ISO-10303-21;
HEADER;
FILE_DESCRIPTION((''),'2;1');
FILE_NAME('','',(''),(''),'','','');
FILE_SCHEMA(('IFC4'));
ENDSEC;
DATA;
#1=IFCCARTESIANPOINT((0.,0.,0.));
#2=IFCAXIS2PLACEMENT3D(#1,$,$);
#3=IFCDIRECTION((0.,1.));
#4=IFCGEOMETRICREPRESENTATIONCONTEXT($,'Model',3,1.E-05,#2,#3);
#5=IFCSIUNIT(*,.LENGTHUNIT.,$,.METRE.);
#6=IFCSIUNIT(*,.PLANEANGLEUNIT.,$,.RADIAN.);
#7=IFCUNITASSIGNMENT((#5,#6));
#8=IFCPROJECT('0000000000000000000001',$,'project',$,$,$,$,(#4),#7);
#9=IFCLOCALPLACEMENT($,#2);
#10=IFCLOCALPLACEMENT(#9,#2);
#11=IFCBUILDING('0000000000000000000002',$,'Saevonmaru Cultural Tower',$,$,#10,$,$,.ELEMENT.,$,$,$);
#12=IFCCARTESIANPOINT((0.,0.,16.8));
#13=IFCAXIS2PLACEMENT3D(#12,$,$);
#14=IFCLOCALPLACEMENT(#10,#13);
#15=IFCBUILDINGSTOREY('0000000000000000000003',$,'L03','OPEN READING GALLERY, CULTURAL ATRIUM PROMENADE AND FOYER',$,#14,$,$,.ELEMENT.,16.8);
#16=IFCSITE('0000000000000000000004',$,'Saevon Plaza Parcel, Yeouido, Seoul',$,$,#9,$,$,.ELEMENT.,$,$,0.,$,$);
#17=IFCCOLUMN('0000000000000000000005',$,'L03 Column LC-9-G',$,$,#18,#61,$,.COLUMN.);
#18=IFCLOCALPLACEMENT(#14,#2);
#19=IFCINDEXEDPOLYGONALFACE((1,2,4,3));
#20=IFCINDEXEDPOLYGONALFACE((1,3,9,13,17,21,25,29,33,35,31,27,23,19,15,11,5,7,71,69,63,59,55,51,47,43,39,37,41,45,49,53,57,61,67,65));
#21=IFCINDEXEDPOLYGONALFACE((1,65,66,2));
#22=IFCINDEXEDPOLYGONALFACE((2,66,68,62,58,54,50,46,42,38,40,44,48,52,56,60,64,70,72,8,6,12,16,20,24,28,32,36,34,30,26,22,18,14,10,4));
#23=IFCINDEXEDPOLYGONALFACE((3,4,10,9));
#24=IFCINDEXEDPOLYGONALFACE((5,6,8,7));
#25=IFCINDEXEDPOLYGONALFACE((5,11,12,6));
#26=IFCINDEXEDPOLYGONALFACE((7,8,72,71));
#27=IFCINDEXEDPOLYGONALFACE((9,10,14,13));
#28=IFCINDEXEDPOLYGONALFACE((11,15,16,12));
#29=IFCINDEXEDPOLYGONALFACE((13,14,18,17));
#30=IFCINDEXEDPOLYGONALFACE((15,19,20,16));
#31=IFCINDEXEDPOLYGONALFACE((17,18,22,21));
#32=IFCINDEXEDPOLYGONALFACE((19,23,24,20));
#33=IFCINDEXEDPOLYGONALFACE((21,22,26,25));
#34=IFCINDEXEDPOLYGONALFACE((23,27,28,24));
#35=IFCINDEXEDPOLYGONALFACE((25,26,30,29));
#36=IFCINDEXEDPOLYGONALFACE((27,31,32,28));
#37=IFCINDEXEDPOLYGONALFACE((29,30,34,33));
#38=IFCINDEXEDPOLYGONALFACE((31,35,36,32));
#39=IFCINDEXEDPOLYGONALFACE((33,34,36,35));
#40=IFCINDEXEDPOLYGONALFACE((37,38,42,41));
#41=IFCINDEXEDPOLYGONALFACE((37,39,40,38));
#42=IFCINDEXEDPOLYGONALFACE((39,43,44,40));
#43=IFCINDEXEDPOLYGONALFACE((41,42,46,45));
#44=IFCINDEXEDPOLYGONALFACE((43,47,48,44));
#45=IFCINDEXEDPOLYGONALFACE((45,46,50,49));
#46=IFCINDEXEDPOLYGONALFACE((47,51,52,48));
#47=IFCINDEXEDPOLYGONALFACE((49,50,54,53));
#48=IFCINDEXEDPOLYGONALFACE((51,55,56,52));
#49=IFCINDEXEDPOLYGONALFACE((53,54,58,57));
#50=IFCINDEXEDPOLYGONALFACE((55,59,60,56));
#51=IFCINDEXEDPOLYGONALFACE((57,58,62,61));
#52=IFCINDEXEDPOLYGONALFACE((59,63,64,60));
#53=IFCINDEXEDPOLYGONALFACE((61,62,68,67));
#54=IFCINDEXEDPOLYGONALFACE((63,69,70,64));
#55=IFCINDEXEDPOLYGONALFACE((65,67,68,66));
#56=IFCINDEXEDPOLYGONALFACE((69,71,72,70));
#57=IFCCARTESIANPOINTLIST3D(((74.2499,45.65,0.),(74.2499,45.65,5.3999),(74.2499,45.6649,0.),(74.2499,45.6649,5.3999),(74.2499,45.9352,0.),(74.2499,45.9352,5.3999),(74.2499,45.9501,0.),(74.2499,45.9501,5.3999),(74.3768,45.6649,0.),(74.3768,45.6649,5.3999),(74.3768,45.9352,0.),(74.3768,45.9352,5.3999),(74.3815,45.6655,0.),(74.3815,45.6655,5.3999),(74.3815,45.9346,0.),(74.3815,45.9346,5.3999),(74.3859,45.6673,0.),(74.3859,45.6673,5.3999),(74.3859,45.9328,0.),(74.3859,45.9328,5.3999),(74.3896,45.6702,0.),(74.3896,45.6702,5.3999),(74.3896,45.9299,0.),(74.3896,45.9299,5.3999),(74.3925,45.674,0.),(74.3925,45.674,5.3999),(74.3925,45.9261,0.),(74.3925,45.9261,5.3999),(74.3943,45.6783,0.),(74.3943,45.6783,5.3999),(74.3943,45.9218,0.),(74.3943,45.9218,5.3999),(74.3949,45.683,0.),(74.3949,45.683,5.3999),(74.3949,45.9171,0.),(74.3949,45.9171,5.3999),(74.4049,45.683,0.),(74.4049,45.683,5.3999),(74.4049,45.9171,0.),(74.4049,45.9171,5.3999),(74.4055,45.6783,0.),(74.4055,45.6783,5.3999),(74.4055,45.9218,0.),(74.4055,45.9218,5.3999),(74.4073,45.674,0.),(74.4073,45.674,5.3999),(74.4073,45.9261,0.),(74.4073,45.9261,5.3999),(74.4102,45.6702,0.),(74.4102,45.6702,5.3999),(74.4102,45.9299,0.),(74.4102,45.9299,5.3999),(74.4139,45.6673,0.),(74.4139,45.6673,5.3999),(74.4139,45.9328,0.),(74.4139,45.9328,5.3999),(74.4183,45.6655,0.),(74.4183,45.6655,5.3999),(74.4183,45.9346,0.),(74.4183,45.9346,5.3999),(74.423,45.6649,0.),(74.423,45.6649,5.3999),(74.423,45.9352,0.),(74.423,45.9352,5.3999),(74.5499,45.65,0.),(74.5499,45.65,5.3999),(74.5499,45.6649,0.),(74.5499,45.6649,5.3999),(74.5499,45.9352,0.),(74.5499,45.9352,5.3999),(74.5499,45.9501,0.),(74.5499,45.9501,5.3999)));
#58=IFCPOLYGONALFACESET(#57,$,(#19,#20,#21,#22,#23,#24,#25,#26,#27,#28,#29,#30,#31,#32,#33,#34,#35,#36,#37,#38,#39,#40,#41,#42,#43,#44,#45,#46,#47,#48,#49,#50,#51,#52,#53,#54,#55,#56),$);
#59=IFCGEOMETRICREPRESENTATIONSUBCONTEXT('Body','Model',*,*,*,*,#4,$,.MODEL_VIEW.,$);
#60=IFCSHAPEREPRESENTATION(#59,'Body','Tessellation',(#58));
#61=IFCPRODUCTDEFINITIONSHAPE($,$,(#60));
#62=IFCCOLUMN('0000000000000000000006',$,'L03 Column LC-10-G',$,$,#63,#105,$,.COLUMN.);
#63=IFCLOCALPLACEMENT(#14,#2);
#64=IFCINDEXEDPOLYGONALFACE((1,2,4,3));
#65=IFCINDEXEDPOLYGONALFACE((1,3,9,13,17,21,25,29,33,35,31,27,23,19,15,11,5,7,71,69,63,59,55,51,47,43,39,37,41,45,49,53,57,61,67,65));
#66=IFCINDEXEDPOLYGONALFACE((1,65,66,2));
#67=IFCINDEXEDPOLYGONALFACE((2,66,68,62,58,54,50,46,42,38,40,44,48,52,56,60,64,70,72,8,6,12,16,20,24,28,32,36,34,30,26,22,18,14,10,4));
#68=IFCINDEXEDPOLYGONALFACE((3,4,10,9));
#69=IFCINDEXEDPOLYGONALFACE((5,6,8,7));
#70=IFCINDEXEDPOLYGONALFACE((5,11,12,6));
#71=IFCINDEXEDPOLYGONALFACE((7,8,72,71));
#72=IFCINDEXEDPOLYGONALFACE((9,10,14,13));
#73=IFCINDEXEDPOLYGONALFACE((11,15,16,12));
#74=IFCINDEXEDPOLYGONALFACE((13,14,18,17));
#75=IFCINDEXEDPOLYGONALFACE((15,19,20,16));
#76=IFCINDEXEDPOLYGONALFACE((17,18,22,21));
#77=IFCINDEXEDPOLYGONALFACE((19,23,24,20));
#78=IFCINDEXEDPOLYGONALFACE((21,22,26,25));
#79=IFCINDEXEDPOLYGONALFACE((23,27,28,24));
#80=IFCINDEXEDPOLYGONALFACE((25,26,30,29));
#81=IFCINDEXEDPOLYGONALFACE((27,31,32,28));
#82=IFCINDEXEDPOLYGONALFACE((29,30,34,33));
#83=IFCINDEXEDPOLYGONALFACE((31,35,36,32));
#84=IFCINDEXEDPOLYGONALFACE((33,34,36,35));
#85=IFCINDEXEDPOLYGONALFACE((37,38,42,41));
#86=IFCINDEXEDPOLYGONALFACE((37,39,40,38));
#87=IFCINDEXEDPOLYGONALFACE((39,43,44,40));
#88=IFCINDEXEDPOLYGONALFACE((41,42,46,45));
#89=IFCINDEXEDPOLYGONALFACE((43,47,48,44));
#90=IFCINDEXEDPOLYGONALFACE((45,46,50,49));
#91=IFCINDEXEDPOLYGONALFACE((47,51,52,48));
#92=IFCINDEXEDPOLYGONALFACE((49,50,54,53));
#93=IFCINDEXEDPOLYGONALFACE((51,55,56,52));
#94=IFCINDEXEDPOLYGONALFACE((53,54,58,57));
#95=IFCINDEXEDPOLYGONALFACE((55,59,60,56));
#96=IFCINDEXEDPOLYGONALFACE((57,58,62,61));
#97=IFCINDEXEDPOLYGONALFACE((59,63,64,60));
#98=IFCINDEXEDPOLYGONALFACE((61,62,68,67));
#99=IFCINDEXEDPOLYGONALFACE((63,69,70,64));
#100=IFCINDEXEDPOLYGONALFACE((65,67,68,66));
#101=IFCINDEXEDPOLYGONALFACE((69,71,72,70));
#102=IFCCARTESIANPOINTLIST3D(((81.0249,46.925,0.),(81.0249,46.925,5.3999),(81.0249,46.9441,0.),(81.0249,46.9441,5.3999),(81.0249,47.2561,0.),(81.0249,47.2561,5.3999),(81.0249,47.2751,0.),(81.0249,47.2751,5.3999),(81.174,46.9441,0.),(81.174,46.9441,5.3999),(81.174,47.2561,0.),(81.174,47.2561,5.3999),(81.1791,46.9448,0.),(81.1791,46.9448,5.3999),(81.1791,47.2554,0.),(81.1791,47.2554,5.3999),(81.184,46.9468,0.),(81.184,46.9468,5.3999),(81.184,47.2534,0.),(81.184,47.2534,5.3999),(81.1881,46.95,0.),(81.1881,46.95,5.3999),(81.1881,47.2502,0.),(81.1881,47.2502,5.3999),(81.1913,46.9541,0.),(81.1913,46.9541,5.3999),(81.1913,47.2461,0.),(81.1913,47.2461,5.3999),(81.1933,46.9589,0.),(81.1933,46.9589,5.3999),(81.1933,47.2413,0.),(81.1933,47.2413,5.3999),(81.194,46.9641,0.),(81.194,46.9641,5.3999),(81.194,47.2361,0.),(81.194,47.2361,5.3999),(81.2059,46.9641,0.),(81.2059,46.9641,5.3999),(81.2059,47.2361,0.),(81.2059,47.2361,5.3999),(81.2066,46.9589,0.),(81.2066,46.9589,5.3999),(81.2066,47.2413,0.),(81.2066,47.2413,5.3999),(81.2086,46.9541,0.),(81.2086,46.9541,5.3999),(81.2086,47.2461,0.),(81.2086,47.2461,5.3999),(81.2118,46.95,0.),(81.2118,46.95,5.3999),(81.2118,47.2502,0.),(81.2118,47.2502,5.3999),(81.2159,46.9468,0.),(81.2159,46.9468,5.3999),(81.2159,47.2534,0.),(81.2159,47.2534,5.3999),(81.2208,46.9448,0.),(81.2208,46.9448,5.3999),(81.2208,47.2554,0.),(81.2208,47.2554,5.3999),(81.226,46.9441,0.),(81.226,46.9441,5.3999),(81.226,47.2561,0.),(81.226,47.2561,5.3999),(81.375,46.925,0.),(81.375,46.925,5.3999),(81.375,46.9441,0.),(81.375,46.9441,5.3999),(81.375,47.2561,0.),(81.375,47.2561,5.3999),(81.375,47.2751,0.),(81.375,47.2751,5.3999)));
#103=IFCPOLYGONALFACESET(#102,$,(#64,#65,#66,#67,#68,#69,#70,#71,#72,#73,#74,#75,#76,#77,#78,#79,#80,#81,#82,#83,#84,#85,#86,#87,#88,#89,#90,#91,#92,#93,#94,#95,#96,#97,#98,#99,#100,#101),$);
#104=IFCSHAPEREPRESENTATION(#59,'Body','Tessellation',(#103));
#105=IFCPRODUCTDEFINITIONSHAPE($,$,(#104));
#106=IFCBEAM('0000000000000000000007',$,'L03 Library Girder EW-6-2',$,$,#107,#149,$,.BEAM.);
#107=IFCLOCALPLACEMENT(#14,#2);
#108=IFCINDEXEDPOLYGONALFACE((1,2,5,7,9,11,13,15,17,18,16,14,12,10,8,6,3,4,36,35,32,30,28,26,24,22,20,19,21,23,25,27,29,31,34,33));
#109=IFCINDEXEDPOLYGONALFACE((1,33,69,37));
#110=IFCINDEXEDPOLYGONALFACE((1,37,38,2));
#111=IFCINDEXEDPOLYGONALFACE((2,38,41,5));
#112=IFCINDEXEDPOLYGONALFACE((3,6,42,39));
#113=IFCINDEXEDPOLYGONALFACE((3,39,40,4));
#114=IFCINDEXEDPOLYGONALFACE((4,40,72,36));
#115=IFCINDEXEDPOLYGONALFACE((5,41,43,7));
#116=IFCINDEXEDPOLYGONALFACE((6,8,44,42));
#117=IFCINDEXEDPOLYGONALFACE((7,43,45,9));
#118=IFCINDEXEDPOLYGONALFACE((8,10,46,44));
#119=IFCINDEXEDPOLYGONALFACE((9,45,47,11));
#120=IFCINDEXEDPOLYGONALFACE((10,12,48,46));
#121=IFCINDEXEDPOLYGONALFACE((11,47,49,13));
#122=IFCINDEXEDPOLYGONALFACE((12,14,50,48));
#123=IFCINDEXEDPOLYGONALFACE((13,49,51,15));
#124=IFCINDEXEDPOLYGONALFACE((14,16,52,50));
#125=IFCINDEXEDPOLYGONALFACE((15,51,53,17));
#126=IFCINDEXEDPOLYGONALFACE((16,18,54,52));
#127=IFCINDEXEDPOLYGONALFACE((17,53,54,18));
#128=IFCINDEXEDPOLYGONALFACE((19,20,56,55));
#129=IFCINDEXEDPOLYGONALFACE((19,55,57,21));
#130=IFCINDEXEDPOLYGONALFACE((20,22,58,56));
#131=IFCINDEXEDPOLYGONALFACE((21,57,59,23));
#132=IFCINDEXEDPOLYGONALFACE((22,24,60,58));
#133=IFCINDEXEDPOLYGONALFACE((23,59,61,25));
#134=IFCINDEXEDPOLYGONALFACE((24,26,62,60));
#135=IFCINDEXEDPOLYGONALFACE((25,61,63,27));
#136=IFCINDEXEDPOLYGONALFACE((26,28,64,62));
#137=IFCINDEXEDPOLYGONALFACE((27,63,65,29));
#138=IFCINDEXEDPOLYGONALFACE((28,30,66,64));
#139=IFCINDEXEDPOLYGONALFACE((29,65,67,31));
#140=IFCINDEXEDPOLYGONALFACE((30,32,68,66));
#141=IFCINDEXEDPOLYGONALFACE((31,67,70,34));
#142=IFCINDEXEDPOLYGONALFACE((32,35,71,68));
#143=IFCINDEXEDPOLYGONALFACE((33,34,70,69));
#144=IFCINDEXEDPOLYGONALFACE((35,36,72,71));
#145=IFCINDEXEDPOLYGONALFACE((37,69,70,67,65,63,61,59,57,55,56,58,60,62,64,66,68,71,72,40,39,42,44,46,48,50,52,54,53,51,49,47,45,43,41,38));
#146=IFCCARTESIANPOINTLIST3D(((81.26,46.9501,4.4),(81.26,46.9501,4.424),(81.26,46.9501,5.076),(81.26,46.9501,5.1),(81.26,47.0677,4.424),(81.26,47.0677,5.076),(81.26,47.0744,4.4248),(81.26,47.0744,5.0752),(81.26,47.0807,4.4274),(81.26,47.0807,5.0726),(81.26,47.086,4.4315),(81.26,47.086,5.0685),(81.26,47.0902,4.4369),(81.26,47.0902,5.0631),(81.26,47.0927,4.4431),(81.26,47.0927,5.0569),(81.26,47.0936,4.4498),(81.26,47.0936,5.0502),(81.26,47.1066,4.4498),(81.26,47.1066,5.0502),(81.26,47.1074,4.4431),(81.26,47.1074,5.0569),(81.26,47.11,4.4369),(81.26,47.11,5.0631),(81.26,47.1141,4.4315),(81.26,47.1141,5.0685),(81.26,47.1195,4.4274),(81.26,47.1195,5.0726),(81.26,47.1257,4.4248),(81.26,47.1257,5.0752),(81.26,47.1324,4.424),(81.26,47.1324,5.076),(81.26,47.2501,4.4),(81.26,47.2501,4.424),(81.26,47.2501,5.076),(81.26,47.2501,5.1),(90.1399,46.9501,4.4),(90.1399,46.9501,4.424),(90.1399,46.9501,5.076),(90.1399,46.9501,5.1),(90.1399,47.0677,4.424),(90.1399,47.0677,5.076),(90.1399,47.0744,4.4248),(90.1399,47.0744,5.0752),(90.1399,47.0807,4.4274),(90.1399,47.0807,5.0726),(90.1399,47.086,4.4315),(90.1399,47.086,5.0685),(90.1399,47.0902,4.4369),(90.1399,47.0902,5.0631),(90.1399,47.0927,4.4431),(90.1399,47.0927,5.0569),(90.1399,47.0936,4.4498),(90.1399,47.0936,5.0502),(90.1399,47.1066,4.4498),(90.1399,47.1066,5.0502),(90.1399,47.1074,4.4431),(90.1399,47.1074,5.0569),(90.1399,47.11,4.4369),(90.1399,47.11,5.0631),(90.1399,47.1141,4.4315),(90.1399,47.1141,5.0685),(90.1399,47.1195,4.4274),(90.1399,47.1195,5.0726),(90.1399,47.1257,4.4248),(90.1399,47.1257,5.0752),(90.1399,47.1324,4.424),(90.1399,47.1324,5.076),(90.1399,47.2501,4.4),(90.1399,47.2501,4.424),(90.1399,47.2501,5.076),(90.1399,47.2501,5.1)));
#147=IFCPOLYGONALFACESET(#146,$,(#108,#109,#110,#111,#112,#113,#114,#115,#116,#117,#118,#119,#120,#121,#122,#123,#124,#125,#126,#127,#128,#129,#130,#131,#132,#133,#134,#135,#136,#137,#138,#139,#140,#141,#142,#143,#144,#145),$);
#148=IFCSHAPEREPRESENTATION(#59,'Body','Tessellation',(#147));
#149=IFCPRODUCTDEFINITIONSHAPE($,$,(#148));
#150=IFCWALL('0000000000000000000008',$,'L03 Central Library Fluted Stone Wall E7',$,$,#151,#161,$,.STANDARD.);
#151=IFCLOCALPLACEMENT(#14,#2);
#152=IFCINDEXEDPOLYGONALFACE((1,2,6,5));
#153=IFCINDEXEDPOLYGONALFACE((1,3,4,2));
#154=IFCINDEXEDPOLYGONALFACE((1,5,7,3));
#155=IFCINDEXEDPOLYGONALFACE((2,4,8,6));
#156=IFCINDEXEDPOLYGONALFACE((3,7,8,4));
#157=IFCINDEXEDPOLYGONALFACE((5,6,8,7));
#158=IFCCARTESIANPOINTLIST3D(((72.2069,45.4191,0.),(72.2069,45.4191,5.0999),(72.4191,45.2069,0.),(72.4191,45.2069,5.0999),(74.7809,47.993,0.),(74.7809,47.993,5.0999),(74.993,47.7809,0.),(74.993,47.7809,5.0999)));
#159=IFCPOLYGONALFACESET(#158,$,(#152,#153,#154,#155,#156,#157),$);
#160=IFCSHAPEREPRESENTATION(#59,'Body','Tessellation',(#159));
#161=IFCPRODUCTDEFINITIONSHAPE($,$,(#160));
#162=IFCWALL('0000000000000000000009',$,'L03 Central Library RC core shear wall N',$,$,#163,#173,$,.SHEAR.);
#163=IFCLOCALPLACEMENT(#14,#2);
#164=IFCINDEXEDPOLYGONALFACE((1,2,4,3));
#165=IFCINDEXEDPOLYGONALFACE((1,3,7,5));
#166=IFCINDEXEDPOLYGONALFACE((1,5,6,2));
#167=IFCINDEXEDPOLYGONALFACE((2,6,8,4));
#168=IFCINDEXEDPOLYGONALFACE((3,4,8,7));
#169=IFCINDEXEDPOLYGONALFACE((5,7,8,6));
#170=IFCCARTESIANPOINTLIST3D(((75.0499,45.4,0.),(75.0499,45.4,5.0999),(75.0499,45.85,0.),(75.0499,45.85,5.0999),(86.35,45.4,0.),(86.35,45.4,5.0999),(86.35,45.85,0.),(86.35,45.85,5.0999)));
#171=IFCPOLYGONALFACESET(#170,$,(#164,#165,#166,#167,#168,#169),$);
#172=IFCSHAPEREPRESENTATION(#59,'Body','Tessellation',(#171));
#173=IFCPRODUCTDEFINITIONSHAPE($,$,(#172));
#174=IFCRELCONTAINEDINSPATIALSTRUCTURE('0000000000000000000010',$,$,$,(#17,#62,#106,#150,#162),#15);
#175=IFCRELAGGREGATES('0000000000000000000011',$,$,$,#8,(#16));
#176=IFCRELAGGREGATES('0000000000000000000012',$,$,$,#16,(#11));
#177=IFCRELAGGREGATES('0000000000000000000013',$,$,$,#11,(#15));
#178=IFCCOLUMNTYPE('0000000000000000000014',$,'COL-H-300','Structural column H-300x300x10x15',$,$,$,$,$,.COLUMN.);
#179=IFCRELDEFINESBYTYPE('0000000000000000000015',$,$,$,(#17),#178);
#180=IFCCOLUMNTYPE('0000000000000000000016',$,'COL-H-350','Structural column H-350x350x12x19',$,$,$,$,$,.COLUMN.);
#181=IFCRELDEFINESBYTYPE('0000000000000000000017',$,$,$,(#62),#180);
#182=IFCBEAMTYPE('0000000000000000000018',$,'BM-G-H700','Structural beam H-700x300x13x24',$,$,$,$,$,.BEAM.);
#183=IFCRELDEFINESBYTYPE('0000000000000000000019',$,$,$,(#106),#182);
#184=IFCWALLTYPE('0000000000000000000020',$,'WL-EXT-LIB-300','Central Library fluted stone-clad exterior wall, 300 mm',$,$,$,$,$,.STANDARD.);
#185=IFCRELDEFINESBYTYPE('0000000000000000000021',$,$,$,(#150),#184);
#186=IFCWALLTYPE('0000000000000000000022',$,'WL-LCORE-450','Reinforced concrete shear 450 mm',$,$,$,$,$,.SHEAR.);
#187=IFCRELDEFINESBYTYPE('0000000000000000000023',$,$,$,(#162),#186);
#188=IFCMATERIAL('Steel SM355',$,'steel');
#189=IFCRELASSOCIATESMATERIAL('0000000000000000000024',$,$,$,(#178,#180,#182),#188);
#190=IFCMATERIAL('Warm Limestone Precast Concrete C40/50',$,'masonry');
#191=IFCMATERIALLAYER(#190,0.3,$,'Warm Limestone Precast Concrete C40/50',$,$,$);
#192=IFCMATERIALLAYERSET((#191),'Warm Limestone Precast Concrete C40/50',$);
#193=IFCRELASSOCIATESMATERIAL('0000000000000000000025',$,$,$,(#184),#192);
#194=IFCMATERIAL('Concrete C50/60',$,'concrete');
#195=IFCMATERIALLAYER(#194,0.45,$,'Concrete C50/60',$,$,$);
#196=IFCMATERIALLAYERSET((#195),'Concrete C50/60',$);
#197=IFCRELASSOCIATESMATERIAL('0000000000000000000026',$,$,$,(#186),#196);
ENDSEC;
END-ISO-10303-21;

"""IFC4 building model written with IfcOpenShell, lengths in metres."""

from ifc_helpers import new_model, si_unit, direction, frame, frame_2d, origin, origin_2d, place, context, subcontext, project, spatial, rectangle, i_section, extrude, material, layer, layer_set, material_profile, profile_set, type_object, element, save


model = new_model("IFC4")

# Units and contexts
model_context = context("Model", 3, precision=1e-05, world=origin(), true_north=direction((0.0, 1.0)))
body_context = subcontext(model_context, "Body", "Model", "MODEL_VIEW")
ifc_project = project(units=[si_unit("LENGTHUNIT", "METRE"), si_unit("PLANEANGLEUNIT", "RADIAN")], contexts=[model_context])

# Site, building, storey
site_placement = place(None, origin())
site = spatial("IfcSite", under=ifc_project, at=site_placement, Name="Saevon Plaza Parcel, Yeouido, Seoul", CompositionType="ELEMENT", RefElevation=0.0)
building_placement = place(site_placement, origin())
building = spatial("IfcBuilding", under=site, at=building_placement, Name="Saevonmaru Cultural Tower", CompositionType="ELEMENT")
storey_placement = place(building_placement, frame((0.0, 0.0, 16.8)))
storey = spatial("IfcBuildingStorey", under=building, at=storey_placement, Name="L03", Description="OPEN READING GALLERY, CULTURAL ATRIUM PROMENADE AND FOYER", CompositionType="ELEMENT", Elevation=16.8)

# Columns
ifc_material_1 = material(Name="Steel SM355", Category="steel")
ifc_material_profile_1 = material_profile(ifc_material_1, i_section(OverallWidth=0.3, OverallDepth=0.3, WebThickness=0.01, FlangeThickness=0.0149, FilletRadius=0.0181, at=origin_2d()), Name="H-300x300x10x15")
ifc_profile_set_1 = profile_set([ifc_material_profile_1], Name="Steel SM355")
column_type_1 = type_object("IfcColumnType", Name="COL-H-300", Description="Structural column H-300x300x10x15", PredefinedType="COLUMN", material=ifc_profile_set_1)
column_1_placement = place(storey_placement, frame((74.3999, 45.8, 0.0), z_axis=(0.0, 0.0, 1.0), x_axis=(1.0, 0.0, 0.0)))
element("IfcColumn", 1, at=column_1_placement, inside=storey, type_object=column_type_1, Name="L03 Column LC-9-G", PredefinedType="COLUMN", context=body_context, shape_type="SweptSolid", body=[
    extrude(i_section(OverallWidth=0.3, OverallDepth=0.3, WebThickness=0.01, FlangeThickness=0.0149, FilletRadius=0.0181, at=origin_2d()), origin(), (0.0, 0.0, 1.0), 5.3999),
])
ifc_material_profile_2 = material_profile(ifc_material_1, i_section(OverallWidth=0.3501, OverallDepth=0.3501, WebThickness=0.012, FlangeThickness=0.019, FilletRadius=0.02, at=origin_2d()), Name="H-350x350x12x19")
ifc_profile_set_2 = profile_set([ifc_material_profile_2], Name="Steel SM355")
column_type_2 = type_object("IfcColumnType", Name="COL-H-350", Description="Structural column H-350x350x12x19", PredefinedType="COLUMN", material=ifc_profile_set_2)
column_2_placement = place(storey_placement, frame((81.2, 47.1001, 0.0), z_axis=(0.0, 0.0, 1.0), x_axis=(1.0, 0.0, 0.0)))
element("IfcColumn", 2, at=column_2_placement, inside=storey, type_object=column_type_2, Name="L03 Column LC-10-G", PredefinedType="COLUMN", context=body_context, shape_type="SweptSolid", body=[
    extrude(i_section(OverallWidth=0.3501, OverallDepth=0.3501, WebThickness=0.012, FlangeThickness=0.019, FilletRadius=0.02, at=origin_2d()), origin(), (0.0, 0.0, 1.0), 5.3999),
])

# Beam
ifc_material_profile_3 = material_profile(ifc_material_1, i_section(OverallWidth=0.3, OverallDepth=0.7, WebThickness=0.0129, FlangeThickness=0.0239, FilletRadius=0.0259, at=origin_2d()), Name="H-700x300x13x24")
ifc_profile_set_3 = profile_set([ifc_material_profile_3], Name="Steel SM355")
beam_type = type_object("IfcBeamType", Name="BM-G-H700", Description="Structural beam H-700x300x13x24", PredefinedType="BEAM", material=ifc_profile_set_3)
beam_placement = place(storey_placement, frame((81.26, 47.1001, 4.75), z_axis=(1.0, 0.0, 0.0), x_axis=(0.0, 1.0, 0.0)))
element("IfcBeam", 3, at=beam_placement, inside=storey, type_object=beam_type, Name="L03 Library Girder EW-6-2", PredefinedType="BEAM", context=body_context, shape_type="SweptSolid", body=[
    extrude(i_section(OverallWidth=0.3, OverallDepth=0.7, WebThickness=0.0129, FlangeThickness=0.0239, FilletRadius=0.0259, at=origin_2d()), origin(), (0.0, 0.0, 1.0), 8.8799),
])

# Walls
ifc_material_2 = material(Name="Warm Limestone Precast Concrete C40/50", Category="masonry")
ifc_layer_1 = layer(ifc_material_2, 0.3, Name="Warm Limestone Precast Concrete C40/50")
ifc_layer_set_1 = layer_set([ifc_layer_1], Name="Warm Limestone Precast Concrete C40/50")
wall_type_1 = type_object("IfcWallType", Name="WL-EXT-LIB-300", Description="Central Library fluted stone-clad exterior wall, 300 mm", PredefinedType="STANDARD", material=ifc_layer_set_1)
wall_1_placement = place(storey_placement, frame((74.887, 47.887, 0.0), z_axis=(0.0, 0.0, 1.0), x_axis=(-0.707107, -0.707107, 0.0)))
element("IfcWall", 4, at=wall_1_placement, inside=storey, type_object=wall_type_1, Name="L03 Central Library Fluted Stone Wall E7", PredefinedType="STANDARD", context=body_context, shape_type="SweptSolid", body=[
    extrude(rectangle(XDim=3.6401, YDim=0.3, at=frame_2d((1.8201, 0.0))), origin(), (0.0, 0.0, 1.0), 5.0999),
])
ifc_material_3 = material(Name="Concrete C50/60", Category="concrete")
ifc_layer_2 = layer(ifc_material_3, 0.45, Name="Concrete C50/60")
ifc_layer_set_2 = layer_set([ifc_layer_2], Name="Concrete C50/60")
wall_type_2 = type_object("IfcWallType", Name="WL-LCORE-450", Description="Reinforced concrete shear 450 mm", PredefinedType="SHEAR", material=ifc_layer_set_2)
wall_2_placement = place(storey_placement, frame((75.05, 45.625, 0.0), z_axis=(0.0, 0.0, 1.0), x_axis=(1.0, 0.0, 0.0)))
element("IfcWall", 5, at=wall_2_placement, inside=storey, type_object=wall_type_2, Name="L03 Central Library RC core shear wall N", PredefinedType="SHEAR", context=body_context, shape_type="SweptSolid", body=[
    extrude(rectangle(XDim=11.3, YDim=0.45, at=frame_2d((5.6499, 0.0))), origin(), (0.0, 0.0, 1.0), 5.0999),
])

save(model, "model.ifc")
